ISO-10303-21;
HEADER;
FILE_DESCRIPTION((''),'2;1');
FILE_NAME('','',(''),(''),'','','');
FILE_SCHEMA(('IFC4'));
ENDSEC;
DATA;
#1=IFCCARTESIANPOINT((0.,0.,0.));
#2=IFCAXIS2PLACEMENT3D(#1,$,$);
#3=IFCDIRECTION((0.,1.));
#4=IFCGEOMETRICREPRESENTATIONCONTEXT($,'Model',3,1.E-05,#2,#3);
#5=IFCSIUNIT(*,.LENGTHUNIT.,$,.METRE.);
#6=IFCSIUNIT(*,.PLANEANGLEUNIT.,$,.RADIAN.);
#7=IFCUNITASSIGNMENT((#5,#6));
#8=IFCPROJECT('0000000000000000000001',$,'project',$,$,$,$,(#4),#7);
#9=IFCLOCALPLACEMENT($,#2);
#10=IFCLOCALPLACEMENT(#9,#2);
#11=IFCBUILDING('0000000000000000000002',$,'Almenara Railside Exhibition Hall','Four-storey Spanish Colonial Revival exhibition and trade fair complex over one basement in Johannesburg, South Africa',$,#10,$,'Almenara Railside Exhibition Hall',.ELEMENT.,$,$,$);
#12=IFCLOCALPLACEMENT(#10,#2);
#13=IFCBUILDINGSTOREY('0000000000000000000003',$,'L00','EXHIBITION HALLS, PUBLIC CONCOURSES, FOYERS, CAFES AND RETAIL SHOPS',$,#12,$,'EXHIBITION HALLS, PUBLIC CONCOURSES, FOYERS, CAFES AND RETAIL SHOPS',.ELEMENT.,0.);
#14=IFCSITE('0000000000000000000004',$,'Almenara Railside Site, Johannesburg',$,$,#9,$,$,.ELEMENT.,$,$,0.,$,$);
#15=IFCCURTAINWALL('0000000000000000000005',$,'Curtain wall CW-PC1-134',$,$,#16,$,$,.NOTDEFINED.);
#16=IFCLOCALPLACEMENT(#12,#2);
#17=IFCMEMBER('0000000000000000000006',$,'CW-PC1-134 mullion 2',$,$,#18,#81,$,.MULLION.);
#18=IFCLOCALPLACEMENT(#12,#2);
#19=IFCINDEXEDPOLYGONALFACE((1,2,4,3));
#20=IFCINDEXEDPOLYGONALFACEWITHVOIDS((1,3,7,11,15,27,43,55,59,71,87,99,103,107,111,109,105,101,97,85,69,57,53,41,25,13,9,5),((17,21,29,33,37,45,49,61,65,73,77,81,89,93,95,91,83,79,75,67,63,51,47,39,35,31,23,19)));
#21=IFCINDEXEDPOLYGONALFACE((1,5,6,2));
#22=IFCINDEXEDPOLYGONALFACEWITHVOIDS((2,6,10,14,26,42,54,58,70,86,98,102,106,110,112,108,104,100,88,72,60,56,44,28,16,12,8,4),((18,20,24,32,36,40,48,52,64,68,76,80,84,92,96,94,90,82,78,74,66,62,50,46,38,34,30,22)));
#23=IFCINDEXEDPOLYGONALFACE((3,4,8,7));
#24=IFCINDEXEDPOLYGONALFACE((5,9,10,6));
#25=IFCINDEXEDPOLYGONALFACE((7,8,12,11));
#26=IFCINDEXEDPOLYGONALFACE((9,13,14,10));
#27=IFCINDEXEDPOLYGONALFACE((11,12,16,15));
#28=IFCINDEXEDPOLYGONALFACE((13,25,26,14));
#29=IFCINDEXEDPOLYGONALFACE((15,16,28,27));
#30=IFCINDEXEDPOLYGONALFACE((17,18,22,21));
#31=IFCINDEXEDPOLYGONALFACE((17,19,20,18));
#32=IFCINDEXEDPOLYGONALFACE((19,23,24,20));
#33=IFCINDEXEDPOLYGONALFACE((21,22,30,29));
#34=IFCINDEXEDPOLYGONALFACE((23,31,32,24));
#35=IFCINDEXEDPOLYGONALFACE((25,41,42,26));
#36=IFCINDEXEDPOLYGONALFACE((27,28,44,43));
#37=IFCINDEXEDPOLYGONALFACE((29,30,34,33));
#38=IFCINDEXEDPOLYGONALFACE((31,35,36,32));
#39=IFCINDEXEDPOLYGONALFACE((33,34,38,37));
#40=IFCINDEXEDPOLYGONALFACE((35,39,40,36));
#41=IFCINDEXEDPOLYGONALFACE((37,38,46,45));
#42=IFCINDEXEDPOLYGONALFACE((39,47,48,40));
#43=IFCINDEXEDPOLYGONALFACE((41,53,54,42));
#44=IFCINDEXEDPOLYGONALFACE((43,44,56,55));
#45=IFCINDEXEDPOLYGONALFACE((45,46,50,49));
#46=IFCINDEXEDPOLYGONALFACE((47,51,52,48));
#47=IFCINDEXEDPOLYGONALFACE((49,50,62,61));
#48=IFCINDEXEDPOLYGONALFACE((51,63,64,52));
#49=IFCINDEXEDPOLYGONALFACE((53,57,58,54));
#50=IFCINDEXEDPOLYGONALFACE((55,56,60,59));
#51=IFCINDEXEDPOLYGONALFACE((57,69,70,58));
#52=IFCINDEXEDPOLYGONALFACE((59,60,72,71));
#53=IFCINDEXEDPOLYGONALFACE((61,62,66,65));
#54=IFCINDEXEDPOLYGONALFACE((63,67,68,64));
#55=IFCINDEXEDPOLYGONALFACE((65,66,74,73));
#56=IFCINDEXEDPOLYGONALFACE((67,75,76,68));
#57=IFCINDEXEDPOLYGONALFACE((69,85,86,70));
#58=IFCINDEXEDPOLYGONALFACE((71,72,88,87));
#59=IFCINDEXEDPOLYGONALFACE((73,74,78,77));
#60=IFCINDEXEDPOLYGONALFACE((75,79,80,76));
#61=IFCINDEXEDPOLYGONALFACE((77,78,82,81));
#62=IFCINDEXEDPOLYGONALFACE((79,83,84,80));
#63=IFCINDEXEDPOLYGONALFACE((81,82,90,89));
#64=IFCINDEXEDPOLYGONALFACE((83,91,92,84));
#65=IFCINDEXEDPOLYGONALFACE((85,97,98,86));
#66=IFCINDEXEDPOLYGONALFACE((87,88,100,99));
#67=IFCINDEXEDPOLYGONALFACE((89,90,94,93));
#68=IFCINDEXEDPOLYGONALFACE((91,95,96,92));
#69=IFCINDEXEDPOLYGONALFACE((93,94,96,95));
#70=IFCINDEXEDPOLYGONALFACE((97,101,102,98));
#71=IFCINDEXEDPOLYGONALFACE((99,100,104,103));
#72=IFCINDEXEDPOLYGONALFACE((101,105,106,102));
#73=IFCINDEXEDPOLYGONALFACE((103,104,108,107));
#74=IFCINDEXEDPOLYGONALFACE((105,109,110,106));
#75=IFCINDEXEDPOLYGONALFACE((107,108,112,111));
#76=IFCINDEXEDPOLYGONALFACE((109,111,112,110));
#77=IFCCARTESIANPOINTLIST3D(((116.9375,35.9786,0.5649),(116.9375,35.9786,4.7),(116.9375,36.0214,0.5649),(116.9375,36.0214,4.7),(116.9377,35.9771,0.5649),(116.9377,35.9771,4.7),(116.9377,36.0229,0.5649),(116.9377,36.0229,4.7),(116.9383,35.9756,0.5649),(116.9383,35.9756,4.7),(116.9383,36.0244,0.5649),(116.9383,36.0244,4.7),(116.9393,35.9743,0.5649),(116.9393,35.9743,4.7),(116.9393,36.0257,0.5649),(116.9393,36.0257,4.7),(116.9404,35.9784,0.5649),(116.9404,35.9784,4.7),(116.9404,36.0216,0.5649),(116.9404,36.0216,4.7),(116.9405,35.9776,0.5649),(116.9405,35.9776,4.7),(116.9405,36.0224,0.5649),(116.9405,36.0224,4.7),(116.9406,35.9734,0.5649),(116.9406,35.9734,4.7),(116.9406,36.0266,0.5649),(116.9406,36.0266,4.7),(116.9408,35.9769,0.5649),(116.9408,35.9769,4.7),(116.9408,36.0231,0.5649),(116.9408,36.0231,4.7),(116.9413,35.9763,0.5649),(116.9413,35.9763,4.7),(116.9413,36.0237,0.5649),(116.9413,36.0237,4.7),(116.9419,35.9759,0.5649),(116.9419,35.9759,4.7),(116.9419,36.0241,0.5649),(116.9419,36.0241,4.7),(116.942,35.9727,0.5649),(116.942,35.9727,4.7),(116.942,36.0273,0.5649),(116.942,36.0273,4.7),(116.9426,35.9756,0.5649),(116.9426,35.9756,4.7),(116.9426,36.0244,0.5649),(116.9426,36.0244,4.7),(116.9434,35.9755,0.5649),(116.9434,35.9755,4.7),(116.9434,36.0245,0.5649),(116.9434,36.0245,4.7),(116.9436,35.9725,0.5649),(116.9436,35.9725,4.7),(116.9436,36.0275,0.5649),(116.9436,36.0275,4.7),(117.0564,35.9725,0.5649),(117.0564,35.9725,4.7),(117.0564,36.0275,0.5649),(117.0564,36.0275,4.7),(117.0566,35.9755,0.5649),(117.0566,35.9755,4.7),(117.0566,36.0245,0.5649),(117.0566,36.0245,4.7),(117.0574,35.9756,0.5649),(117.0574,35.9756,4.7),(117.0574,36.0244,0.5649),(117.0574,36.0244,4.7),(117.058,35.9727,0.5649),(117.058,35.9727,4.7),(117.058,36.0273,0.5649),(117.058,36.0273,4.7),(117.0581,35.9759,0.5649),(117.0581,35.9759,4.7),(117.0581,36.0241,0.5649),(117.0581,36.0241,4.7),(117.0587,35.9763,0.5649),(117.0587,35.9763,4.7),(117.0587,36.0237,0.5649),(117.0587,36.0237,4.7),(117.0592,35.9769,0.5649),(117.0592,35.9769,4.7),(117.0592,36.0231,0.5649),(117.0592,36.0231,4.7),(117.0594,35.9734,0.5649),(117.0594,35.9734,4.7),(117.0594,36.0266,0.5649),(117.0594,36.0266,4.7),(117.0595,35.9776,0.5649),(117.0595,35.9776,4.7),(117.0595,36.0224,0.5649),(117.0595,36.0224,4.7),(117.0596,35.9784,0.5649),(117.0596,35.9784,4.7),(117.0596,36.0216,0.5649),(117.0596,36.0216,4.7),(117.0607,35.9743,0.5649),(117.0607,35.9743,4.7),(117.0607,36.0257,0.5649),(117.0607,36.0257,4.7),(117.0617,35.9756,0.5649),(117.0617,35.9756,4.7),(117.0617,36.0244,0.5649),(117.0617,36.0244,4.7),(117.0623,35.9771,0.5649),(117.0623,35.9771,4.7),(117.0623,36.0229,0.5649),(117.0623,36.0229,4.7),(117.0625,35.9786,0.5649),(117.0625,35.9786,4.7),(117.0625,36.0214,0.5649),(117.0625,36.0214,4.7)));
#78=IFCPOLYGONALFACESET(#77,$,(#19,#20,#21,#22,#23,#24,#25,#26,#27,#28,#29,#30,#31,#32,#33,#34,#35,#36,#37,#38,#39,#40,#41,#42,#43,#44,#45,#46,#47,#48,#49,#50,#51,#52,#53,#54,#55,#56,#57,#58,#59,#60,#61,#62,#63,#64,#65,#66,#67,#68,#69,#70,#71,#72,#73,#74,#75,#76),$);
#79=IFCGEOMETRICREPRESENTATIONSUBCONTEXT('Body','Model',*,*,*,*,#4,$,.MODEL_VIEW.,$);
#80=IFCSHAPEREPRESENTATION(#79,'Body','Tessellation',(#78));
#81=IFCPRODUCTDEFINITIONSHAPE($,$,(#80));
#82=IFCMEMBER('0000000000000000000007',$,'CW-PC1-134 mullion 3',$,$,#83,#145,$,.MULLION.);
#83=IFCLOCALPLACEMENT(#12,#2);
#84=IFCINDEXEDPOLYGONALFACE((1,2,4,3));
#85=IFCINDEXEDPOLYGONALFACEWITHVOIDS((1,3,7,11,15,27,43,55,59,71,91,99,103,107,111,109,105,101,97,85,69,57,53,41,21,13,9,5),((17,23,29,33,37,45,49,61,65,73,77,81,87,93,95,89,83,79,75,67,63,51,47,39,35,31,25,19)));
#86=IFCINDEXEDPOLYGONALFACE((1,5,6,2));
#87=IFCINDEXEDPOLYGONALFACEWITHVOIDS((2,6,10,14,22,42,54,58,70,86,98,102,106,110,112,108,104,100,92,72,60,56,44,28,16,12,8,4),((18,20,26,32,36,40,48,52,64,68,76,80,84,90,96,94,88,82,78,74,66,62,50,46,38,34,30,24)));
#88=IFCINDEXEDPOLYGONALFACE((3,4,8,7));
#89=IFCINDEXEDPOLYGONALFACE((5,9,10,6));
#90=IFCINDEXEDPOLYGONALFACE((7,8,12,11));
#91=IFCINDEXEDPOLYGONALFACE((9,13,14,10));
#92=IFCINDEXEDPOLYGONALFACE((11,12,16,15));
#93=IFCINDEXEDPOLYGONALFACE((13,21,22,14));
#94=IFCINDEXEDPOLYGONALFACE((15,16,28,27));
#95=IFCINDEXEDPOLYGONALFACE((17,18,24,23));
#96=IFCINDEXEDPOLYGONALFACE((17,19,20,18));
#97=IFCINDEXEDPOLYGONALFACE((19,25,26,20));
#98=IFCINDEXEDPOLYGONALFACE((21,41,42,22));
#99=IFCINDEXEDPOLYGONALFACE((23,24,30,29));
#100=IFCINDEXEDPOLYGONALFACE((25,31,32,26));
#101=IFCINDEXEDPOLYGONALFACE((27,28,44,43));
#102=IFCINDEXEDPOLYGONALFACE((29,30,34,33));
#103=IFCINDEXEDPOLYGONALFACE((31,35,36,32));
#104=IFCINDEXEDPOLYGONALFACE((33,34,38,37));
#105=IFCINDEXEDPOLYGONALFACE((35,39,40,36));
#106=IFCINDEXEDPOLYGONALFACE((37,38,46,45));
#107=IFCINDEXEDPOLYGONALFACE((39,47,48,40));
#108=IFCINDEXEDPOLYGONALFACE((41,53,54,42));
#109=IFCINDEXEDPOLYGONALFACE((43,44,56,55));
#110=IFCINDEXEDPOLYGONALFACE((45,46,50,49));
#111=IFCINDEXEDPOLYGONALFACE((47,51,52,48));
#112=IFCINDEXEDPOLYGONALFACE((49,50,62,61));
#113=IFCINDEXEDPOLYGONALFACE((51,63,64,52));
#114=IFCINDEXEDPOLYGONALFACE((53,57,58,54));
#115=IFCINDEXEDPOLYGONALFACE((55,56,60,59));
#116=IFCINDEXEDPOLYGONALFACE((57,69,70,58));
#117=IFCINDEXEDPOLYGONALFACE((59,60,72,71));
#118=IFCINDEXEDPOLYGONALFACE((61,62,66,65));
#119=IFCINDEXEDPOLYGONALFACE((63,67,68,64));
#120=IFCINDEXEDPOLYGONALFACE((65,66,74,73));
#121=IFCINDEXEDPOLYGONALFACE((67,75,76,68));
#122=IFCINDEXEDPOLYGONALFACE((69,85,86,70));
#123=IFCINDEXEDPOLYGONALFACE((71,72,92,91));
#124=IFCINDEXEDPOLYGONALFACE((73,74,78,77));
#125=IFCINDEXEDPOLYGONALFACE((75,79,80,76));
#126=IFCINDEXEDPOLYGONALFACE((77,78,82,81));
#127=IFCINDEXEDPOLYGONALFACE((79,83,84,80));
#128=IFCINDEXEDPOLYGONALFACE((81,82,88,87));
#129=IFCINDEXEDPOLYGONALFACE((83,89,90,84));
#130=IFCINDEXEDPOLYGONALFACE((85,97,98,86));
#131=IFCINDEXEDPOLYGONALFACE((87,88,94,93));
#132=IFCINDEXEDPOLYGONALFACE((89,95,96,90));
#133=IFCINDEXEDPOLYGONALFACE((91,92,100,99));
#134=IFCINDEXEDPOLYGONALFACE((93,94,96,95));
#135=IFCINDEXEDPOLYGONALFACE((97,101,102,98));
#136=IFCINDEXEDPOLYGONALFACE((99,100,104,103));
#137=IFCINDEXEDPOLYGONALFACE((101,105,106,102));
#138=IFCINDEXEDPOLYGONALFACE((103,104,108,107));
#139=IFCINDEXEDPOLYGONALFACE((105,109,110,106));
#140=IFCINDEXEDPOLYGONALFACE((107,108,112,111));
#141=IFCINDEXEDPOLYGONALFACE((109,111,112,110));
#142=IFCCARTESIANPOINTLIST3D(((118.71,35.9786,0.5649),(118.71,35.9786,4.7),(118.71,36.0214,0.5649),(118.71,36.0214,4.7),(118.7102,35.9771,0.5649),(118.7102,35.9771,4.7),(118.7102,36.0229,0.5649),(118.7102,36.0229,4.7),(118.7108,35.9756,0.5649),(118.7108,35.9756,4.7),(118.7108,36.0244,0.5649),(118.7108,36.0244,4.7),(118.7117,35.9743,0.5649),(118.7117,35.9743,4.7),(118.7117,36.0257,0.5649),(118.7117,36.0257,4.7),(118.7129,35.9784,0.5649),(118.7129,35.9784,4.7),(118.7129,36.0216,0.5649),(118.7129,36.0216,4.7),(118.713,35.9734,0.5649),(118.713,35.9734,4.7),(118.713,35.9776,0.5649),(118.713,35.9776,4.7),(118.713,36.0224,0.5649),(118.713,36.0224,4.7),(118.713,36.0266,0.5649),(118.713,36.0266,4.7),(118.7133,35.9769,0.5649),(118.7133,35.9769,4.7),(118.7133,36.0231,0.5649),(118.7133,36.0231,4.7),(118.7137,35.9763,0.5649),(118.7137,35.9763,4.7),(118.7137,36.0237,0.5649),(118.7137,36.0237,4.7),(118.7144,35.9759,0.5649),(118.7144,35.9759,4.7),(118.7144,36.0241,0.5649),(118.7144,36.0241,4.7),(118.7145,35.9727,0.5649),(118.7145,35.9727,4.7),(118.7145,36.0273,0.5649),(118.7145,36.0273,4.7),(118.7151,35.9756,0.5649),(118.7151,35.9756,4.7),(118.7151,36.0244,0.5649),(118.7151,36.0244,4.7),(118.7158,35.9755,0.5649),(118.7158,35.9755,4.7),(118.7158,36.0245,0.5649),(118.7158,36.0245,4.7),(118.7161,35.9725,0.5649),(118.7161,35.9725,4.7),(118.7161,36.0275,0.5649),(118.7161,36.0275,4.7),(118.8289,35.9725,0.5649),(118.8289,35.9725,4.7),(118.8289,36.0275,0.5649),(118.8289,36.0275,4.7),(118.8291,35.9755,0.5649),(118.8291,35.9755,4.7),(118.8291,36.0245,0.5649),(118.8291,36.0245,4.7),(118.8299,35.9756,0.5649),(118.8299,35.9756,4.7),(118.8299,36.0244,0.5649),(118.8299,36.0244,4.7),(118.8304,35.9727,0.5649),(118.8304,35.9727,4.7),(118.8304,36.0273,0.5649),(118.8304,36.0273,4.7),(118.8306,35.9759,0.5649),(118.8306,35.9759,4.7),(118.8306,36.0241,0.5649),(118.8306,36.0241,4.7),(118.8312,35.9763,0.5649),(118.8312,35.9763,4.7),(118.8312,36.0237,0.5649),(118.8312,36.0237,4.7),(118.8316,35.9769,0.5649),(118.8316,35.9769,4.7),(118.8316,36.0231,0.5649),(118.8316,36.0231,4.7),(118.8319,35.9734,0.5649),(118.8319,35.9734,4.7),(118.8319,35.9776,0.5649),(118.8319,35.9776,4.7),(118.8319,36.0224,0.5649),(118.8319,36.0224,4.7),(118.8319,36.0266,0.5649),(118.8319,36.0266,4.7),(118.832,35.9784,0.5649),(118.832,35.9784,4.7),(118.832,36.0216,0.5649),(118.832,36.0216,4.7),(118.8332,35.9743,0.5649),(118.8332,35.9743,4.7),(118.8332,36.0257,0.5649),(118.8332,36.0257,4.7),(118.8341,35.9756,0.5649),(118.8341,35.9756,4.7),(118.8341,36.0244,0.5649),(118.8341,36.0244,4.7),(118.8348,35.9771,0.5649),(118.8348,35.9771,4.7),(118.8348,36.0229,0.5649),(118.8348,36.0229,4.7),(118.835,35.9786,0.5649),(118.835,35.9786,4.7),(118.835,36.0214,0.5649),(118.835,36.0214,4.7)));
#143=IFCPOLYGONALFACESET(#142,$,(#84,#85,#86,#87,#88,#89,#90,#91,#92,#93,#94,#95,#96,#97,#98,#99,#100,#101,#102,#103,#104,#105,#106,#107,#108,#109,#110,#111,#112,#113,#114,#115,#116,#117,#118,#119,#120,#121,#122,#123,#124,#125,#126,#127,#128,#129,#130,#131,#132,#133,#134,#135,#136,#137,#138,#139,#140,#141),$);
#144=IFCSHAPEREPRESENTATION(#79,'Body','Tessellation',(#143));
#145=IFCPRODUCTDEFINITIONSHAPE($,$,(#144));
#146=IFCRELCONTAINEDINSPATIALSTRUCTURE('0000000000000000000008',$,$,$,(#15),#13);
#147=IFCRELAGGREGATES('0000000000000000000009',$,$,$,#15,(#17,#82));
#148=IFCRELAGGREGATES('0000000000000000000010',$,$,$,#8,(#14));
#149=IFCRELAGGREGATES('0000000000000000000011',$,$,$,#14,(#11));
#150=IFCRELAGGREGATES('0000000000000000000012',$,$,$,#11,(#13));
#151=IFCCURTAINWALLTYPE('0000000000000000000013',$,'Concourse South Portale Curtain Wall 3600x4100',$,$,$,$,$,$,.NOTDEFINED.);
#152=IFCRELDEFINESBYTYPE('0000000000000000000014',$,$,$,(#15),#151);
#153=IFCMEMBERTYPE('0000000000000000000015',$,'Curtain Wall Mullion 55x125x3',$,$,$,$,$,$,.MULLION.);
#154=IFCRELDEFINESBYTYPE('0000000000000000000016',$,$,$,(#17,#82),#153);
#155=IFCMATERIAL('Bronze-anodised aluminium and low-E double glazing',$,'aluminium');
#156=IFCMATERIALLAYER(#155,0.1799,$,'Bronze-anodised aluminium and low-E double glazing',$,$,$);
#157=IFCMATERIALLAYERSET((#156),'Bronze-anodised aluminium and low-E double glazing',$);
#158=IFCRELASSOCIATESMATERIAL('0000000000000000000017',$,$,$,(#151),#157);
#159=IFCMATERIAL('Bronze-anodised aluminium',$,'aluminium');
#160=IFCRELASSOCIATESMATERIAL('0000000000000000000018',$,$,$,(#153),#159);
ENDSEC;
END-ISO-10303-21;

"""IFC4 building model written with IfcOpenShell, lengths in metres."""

from ifc_helpers import new_model, si_unit, direction, frame, origin, origin_2d, place, context, subcontext, project, spatial, hollow_rectangle, extrude, material, layer, layer_set, material_profile, profile_set, type_object, element, aggregate, save


model = new_model("IFC4")

# Units and contexts
model_context = context("Model", 3, precision=1e-05, world=origin(), true_north=direction((0.0, 1.0)))
body_context = subcontext(model_context, "Body", "Model", "MODEL_VIEW")
ifc_project = project(units=[si_unit("LENGTHUNIT", "METRE"), si_unit("PLANEANGLEUNIT", "RADIAN")], contexts=[model_context])

# Site, building, storey
site_placement = place(None, origin())
site = spatial("IfcSite", under=ifc_project, at=site_placement, Name="Almenara Railside Site, Johannesburg", CompositionType="ELEMENT", RefElevation=0.0)
building_placement = place(site_placement, origin())
building = spatial("IfcBuilding", under=site, at=building_placement, Name="Almenara Railside Exhibition Hall", Description="Four-storey Spanish Colonial Revival exhibition and trade fair complex over one basement in Johannesburg, South Africa", LongName="Almenara Railside Exhibition Hall", CompositionType="ELEMENT")
storey_placement = place(building_placement, origin())
storey = spatial("IfcBuildingStorey", under=building, at=storey_placement, Name="L00", Description="EXHIBITION HALLS, PUBLIC CONCOURSES, FOYERS, CAFES AND RETAIL SHOPS", LongName="EXHIBITION HALLS, PUBLIC CONCOURSES, FOYERS, CAFES AND RETAIL SHOPS", CompositionType="ELEMENT", Elevation=0.0)

# Curtain wall, members
ifc_material_1 = material(Name="Bronze-anodised aluminium and low-E double glazing", Category="aluminium")
ifc_layer_1 = layer(ifc_material_1, 0.1799, Name="Bronze-anodised aluminium and low-E double glazing")
ifc_layer_set_1 = layer_set([ifc_layer_1], Name="Bronze-anodised aluminium and low-E double glazing")
curtain_wall_type = type_object("IfcCurtainWallType", Name="Concourse South Portale Curtain Wall 3600x4100", PredefinedType="NOTDEFINED", material=ifc_layer_set_1)
curtain_wall_placement = place(storey_placement, origin())
curtain_wall = element("IfcCurtainWall", 1, at=curtain_wall_placement, inside=storey, type_object=curtain_wall_type, Name="Curtain wall CW-PC1-134", PredefinedType="NOTDEFINED")
ifc_material_2 = material(Name="Bronze-anodised aluminium", Category="aluminium")
ifc_material_profile_1 = material_profile(ifc_material_2, hollow_rectangle(XDim=0.0549, YDim=0.125, WallThickness=0.0029, InnerFilletRadius=0.0029, OuterFilletRadius=0.0061, at=origin_2d()), Name="ALU-MUL 55x125x3")
ifc_profile_set_1 = profile_set([ifc_material_profile_1], Name="Bronze-anodised aluminium")
member_type_1 = type_object("IfcMemberType", Name="Curtain Wall Mullion 55x125x3", PredefinedType="MULLION", material=ifc_profile_set_1)
member_1_placement = place(storey_placement, frame((117.0, 36.0, 0.5649), z_axis=(0.0, 0.0, 1.0), x_axis=(0.0, 1.0, 0.0)))
member_1 = element("IfcMember", 2, at=member_1_placement, type_object=member_type_1, Name="CW-PC1-134 mullion 2", PredefinedType="MULLION", context=body_context, shape_type="SweptSolid", body=[
    extrude(hollow_rectangle(XDim=0.0549, YDim=0.125, WallThickness=0.0029, InnerFilletRadius=0.0029, OuterFilletRadius=0.0061, at=origin_2d()), origin(), (0.0, 0.0, 1.0), 4.135),
])
member_2_placement = place(storey_placement, frame((118.7725, 36.0, 0.5649), z_axis=(0.0, 0.0, 1.0), x_axis=(0.0, 1.0, 0.0)))
member_2 = element("IfcMember", 3, at=member_2_placement, type_object=member_type_1, Name="CW-PC1-134 mullion 3", PredefinedType="MULLION", context=body_context, shape_type="SweptSolid", body=[
    extrude(hollow_rectangle(XDim=0.0549, YDim=0.125, WallThickness=0.0029, InnerFilletRadius=0.0029, OuterFilletRadius=0.0061, at=origin_2d()), origin(), (0.0, 0.0, 1.0), 4.135),
])

aggregate(curtain_wall, [member_1, member_2])

save(model, "model.ifc")
